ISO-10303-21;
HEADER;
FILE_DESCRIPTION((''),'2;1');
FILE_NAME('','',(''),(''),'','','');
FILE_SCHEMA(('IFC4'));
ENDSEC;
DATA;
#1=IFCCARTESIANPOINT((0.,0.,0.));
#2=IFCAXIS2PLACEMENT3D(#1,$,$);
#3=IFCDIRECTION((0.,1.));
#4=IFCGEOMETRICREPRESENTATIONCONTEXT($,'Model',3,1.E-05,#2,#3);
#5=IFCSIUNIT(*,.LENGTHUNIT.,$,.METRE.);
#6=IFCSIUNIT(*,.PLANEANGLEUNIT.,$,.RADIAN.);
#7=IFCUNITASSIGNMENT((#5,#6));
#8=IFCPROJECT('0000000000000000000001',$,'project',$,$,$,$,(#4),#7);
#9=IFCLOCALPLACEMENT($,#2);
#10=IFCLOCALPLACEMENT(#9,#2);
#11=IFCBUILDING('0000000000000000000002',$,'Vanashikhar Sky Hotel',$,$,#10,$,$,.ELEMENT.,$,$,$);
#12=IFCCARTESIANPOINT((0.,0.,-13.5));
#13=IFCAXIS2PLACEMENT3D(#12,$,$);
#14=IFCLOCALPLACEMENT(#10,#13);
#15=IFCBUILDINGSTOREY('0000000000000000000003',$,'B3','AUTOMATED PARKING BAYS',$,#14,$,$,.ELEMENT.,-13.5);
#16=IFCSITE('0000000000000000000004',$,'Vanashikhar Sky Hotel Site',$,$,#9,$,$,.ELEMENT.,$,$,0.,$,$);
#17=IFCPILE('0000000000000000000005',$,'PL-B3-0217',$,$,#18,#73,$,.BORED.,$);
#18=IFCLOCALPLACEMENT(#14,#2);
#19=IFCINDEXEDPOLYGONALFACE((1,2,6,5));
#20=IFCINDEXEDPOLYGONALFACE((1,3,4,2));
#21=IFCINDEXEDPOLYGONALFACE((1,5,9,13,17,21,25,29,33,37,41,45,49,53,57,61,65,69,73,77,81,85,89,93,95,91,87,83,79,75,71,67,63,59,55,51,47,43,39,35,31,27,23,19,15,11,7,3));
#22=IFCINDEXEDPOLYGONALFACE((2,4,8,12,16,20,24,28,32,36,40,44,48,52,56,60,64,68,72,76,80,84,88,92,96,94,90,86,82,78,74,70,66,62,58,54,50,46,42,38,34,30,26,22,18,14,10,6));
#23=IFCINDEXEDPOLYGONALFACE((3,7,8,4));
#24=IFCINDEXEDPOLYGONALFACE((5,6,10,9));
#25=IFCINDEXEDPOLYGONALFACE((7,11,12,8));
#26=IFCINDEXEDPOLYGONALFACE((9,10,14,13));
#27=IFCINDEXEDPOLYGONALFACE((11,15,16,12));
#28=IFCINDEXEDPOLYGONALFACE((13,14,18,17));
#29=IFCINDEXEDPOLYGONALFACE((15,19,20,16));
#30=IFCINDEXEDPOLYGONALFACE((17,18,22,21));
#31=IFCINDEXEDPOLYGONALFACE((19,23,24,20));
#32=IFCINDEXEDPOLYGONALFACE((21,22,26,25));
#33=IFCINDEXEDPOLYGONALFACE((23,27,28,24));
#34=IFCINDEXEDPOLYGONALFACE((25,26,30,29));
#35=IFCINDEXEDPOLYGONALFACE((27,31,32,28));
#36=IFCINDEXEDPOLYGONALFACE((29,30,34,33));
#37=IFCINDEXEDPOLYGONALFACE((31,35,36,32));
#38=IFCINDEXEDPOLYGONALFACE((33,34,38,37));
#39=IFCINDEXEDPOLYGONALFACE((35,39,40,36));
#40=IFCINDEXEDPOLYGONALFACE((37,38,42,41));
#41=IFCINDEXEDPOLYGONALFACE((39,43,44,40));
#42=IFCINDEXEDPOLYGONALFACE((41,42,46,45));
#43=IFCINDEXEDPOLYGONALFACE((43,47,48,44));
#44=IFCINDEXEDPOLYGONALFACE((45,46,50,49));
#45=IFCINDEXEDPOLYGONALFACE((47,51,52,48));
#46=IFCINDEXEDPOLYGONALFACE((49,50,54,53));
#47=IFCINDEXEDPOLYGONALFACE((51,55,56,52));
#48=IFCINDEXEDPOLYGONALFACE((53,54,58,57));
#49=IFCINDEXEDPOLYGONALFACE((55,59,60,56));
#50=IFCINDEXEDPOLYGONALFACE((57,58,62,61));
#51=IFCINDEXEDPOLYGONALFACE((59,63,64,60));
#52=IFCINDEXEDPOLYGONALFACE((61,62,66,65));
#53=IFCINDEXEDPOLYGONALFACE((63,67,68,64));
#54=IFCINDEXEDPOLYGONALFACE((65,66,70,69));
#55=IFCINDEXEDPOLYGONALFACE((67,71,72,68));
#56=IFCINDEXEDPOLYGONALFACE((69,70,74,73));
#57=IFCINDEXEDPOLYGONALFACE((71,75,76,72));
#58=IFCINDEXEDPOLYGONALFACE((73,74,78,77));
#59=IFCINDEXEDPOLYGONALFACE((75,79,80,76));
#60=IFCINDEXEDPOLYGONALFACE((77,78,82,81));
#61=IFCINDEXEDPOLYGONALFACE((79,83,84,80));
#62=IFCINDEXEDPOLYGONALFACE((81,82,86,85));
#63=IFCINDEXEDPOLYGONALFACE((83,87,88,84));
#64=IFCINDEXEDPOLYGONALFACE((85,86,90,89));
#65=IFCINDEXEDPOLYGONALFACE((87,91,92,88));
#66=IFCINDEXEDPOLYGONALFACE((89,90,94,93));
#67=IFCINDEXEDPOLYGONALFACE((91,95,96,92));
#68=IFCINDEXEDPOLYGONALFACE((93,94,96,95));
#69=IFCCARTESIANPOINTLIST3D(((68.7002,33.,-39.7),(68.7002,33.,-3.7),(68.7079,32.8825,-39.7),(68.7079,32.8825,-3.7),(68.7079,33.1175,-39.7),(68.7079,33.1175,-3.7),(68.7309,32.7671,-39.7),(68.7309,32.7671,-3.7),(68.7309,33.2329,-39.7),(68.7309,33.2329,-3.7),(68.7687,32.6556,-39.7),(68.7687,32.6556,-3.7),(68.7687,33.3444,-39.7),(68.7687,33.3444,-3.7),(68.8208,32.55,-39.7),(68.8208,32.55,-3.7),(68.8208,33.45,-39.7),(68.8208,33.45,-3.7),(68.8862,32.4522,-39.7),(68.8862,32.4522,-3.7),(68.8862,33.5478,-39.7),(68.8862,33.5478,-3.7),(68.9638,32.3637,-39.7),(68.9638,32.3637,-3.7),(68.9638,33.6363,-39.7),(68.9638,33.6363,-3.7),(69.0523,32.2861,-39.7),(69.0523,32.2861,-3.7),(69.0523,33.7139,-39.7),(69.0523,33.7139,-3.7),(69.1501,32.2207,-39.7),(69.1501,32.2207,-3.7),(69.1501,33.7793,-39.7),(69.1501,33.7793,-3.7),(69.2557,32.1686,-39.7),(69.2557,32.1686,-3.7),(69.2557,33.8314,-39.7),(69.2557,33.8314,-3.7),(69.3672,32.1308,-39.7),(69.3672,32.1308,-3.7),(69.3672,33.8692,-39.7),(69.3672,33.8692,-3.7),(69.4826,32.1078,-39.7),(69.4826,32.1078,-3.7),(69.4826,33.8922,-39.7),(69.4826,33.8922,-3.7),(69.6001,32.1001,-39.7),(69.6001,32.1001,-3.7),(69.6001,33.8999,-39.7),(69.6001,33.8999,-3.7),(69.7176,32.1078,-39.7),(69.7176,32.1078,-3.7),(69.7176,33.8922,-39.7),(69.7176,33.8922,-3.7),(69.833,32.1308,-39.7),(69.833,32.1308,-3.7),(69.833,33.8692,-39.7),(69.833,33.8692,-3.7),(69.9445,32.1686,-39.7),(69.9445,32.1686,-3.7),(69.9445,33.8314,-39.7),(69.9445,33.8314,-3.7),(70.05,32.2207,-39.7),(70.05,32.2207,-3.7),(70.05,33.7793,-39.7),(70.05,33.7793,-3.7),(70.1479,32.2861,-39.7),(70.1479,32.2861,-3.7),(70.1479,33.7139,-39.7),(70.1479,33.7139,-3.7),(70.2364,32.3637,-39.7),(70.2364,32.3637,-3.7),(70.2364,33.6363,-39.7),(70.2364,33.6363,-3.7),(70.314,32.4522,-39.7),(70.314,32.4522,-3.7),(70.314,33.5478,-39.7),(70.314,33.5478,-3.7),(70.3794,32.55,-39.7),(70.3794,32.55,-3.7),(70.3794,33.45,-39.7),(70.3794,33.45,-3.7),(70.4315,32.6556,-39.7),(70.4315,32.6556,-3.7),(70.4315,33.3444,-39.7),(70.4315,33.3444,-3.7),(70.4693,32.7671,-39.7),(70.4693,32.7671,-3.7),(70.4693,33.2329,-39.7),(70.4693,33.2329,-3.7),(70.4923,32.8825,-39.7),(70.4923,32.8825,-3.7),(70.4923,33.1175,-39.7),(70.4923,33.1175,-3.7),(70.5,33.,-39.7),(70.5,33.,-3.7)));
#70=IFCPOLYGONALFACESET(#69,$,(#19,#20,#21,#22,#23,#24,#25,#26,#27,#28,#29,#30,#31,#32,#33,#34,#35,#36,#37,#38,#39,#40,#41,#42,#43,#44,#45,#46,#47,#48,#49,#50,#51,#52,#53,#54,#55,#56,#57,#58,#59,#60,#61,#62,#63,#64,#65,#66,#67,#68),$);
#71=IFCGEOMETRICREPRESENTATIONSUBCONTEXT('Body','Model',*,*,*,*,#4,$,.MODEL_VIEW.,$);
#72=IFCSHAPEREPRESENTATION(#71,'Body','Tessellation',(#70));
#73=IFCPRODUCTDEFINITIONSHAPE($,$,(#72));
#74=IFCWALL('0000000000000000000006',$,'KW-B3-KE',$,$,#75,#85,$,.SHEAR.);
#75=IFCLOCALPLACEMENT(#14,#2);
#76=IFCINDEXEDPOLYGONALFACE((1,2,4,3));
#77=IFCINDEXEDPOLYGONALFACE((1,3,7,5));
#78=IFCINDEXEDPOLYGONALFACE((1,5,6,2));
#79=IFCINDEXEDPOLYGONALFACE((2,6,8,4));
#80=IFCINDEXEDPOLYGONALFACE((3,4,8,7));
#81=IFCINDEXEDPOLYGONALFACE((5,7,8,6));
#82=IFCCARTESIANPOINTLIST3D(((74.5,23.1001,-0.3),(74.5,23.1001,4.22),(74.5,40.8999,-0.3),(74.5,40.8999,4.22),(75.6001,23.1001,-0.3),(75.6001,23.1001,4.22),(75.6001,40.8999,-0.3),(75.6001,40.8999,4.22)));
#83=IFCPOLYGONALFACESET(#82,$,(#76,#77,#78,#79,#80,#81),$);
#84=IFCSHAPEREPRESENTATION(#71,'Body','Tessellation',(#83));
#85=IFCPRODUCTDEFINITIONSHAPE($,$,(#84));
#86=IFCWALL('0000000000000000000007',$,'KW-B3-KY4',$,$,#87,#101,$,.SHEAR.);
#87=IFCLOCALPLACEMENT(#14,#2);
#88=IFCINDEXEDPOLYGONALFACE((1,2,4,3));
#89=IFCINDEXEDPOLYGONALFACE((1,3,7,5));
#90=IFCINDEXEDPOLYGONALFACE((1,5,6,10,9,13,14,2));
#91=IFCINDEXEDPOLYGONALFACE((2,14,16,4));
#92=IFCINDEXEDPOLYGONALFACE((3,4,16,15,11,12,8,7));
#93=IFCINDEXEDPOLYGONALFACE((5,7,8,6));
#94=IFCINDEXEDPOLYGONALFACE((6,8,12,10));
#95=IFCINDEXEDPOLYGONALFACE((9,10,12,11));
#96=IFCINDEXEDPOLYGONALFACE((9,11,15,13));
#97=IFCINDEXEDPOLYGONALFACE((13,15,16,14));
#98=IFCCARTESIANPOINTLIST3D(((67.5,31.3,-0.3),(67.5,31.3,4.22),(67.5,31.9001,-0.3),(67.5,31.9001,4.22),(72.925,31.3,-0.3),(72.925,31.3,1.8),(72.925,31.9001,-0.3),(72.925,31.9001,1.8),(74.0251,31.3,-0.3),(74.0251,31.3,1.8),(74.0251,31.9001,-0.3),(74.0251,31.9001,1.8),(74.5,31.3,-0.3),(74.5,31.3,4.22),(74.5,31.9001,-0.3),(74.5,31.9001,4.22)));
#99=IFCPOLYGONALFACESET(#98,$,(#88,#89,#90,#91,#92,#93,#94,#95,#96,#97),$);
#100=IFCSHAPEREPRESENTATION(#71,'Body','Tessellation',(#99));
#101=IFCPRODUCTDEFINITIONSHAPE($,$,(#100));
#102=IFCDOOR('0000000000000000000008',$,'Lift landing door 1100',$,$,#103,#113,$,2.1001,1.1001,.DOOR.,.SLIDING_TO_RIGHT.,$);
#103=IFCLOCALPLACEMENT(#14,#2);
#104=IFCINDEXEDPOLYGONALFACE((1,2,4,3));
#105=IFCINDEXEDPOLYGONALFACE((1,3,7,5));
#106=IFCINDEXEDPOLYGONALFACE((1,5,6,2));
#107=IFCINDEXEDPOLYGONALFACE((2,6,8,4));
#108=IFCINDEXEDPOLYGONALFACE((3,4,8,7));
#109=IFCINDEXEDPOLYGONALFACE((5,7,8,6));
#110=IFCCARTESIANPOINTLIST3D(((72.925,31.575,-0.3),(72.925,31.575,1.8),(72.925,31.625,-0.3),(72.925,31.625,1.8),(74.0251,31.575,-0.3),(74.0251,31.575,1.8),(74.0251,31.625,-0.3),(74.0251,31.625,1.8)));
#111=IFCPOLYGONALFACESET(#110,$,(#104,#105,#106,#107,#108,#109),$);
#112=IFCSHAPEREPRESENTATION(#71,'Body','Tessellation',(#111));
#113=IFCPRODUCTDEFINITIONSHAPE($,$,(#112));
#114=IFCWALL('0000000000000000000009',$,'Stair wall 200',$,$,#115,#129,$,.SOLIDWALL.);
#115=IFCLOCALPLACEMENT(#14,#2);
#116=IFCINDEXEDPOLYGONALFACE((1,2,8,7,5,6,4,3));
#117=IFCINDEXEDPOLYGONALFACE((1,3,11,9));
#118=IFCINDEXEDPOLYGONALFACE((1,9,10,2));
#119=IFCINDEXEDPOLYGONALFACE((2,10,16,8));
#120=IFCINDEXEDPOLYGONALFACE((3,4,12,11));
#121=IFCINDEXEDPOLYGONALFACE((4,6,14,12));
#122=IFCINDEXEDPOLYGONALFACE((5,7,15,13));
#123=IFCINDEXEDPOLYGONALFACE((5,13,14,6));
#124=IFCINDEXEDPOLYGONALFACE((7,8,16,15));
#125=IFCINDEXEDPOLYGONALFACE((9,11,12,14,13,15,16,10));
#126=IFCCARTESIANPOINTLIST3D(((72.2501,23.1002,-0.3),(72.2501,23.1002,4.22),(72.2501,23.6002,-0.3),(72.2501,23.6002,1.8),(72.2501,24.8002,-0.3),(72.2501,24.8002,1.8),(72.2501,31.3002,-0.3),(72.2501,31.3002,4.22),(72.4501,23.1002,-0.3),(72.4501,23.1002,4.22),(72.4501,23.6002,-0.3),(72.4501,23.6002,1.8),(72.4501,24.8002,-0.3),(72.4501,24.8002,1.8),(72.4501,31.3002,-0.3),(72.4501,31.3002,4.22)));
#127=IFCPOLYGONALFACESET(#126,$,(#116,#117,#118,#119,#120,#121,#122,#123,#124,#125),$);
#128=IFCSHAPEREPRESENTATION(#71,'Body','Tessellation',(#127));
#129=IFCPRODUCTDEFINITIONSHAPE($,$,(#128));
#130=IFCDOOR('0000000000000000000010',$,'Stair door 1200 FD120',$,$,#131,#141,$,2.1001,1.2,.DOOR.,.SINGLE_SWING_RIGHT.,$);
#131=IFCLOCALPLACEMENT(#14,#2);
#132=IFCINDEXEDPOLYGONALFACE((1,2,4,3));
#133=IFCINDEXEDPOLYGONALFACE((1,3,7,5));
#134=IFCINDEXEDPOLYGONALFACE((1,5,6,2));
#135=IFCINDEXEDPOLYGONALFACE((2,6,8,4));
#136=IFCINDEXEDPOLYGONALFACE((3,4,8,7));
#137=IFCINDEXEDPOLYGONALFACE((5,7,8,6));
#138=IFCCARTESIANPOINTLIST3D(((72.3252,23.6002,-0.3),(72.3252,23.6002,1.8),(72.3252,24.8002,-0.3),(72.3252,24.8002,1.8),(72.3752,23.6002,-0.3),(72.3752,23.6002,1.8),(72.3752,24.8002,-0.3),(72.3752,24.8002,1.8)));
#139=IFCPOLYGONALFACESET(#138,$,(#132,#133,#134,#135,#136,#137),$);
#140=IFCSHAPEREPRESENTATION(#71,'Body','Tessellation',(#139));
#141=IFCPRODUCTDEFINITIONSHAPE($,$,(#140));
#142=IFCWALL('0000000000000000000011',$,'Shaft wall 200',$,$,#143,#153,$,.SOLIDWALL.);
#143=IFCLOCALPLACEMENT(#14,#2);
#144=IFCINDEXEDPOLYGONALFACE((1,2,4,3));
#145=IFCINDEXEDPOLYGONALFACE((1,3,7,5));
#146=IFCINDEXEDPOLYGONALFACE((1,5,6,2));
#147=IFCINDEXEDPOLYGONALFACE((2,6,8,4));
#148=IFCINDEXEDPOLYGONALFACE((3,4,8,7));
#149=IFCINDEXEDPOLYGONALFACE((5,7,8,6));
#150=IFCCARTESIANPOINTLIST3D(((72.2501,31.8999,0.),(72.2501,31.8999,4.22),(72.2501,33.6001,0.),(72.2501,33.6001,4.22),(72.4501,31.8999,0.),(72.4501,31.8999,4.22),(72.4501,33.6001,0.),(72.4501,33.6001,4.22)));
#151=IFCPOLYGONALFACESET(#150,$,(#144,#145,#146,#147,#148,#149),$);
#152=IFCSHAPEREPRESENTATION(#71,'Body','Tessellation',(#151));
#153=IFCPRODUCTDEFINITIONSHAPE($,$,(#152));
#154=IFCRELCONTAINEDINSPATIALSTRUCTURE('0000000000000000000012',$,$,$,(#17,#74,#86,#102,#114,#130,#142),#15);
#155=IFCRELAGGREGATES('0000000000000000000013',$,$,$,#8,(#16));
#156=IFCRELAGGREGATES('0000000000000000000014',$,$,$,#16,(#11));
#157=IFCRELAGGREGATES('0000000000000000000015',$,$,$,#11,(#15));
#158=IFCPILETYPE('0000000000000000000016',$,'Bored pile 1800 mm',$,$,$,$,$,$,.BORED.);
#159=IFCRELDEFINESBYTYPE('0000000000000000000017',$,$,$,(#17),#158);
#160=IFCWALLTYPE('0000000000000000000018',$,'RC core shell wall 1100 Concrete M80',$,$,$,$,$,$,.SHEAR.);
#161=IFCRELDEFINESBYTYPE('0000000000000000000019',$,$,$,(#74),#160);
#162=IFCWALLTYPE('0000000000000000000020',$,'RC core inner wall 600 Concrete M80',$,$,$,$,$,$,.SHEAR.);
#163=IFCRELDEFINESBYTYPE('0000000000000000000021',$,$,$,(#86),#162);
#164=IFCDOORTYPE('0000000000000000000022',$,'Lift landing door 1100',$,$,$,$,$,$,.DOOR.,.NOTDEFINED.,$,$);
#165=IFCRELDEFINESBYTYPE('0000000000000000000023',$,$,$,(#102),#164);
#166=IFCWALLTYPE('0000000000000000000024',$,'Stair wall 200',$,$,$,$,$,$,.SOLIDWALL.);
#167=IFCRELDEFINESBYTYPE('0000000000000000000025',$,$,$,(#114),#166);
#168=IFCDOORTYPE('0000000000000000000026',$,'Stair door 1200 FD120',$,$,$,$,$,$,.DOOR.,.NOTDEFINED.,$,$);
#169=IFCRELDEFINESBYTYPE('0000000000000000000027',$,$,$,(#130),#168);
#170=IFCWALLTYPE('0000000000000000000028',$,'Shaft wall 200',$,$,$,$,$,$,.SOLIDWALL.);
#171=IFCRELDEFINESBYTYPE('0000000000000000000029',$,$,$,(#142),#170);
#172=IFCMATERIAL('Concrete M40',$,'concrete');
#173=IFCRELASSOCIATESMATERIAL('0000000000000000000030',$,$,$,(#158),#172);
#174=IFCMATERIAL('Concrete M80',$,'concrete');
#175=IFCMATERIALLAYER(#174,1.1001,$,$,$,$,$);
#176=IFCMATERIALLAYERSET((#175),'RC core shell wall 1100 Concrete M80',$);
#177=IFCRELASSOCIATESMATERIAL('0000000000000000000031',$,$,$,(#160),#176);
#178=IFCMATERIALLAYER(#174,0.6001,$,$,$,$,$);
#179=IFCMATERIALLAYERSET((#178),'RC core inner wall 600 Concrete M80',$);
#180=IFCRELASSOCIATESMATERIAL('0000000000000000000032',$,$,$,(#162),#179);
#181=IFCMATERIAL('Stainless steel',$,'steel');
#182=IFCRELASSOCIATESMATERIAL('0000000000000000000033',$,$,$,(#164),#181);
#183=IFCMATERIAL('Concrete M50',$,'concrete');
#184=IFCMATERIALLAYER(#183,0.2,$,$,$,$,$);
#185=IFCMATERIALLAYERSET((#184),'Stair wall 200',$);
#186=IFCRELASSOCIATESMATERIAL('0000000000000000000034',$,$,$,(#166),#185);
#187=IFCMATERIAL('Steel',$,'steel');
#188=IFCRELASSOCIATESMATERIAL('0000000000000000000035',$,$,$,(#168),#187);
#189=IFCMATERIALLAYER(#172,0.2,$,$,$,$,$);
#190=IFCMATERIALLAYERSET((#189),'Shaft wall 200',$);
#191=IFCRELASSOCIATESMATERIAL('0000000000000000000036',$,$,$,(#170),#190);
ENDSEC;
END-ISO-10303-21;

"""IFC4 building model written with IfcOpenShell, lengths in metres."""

from ifc_helpers import new_model, si_unit, direction, frame, frame_2d, origin, origin_2d, place, context, subcontext, project, spatial, rectangle, circle, extrude, source, transform, mapped, material, layer, layer_set, type_object, element, fill, save


model = new_model("IFC4")

# Units and contexts
model_context = context("Model", 3, precision=1e-05, world=origin(), true_north=direction((0.0, 1.0)))
body_context = subcontext(model_context, "Body", "Model", "MODEL_VIEW")
ifc_project = project(units=[si_unit("LENGTHUNIT", "METRE"), si_unit("PLANEANGLEUNIT", "RADIAN")], contexts=[model_context])

# Site, building, storey
site_placement = place(None, origin())
site = spatial("IfcSite", under=ifc_project, at=site_placement, Name="Vanashikhar Sky Hotel Site", CompositionType="ELEMENT", RefElevation=0.0)
building_placement = place(site_placement, origin())
building = spatial("IfcBuilding", under=site, at=building_placement, Name="Vanashikhar Sky Hotel", CompositionType="ELEMENT")
storey_placement = place(building_placement, frame((0.0, 0.0, -13.5)))
storey = spatial("IfcBuildingStorey", under=building, at=storey_placement, Name="B3", Description="AUTOMATED PARKING BAYS", CompositionType="ELEMENT", Elevation=-13.5)

# Pile
ifc_material_1 = material(Name="Concrete M40", Category="concrete")
pile_type_1 = type_object("IfcPileType", Name="Bored pile 1800 mm", PredefinedType="BORED", material=ifc_material_1)
shared_shape_1 = source(origin(), body_context, "Body", "SweptSolid", [
    extrude(circle(Radius=0.8999, at=origin_2d()), origin(), (0.0, 0.0, 1.0), 36.0),
])
for number, where, z_axis, x_axis, name in (
    (1, (69.6001, 33.0, -3.7), (0.0, 0.0, -1.0), (1.0, 0.0, 0.0), "PL-B3-0217"),
):
    element("IfcPile", number, at=place(storey_placement, frame(where, z_axis=z_axis, x_axis=x_axis)), inside=storey, type_object=pile_type_1, Name=name, PredefinedType="BORED", context=body_context, shape_type="MappedRepresentation", body=[
        mapped(shared_shape_1, transform((0.0, 0.0, 0.0), scale=1.0)),
    ])

# Wall
ifc_material_2 = material(Name="Concrete M80", Category="concrete")
ifc_layer_1 = layer(ifc_material_2, 1.1001)
ifc_layer_set_1 = layer_set([ifc_layer_1], Name="RC core shell wall 1100 Concrete M80")
wall_type_1 = type_object("IfcWallType", Name="RC core shell wall 1100 Concrete M80", PredefinedType="SHEAR", material=ifc_layer_set_1)
shared_shape_2 = source(origin(), body_context, "Body", "SweptSolid", [
    extrude(rectangle(XDim=17.7998, YDim=1.1001, at=frame_2d((8.8999, 0.0))), origin(), (0.0, 0.0, 1.0), 4.52),
])
wall_1_placement = place(storey_placement, frame((75.05, 23.1001, -0.3), z_axis=(0.0, 0.0, 1.0), x_axis=(0.0, 1.0, 0.0)))
element("IfcWall", 2, at=wall_1_placement, inside=storey, type_object=wall_type_1, Name="KW-B3-KE", PredefinedType="SHEAR", context=body_context, shape_type="MappedRepresentation", body=[
    mapped(shared_shape_2, transform((0.0, 0.0, 0.0), scale=1.0)),
])

# Walls, openings, doors
ifc_layer_2 = layer(ifc_material_2, 0.6001)
ifc_layer_set_2 = layer_set([ifc_layer_2], Name="RC core inner wall 600 Concrete M80")
wall_type_2 = type_object("IfcWallType", Name="RC core inner wall 600 Concrete M80", PredefinedType="SHEAR", material=ifc_layer_set_2)
shared_shape_3 = source(origin(), body_context, "Body", "SweptSolid", [
    extrude(rectangle(XDim=7.0, YDim=0.6001, at=frame_2d((3.5, 0.0))), origin(), (0.0, 0.0, 1.0), 4.52),
])
wall_2_placement = place(storey_placement, frame((67.5, 31.6001, -0.3), z_axis=(0.0, 0.0, 1.0), x_axis=(1.0, 0.0, 0.0)))
wall_2 = element("IfcWall", 3, at=wall_2_placement, inside=storey, type_object=wall_type_2, Name="KW-B3-KY4", PredefinedType="SHEAR", context=body_context, shape_type="MappedRepresentation", body=[
    mapped(shared_shape_3, transform((0.0, 0.0, 0.0), scale=1.0)),
])
shared_shape_4 = source(origin(), body_context, "Body", "SweptSolid", [
    extrude(rectangle(XDim=1.1001, YDim=2.1001, at=frame_2d((0.55, 1.05))), frame((0.0, 0.3101, 0.0), z_axis=(0.0, -1.0, 0.0), x_axis=(1.0, 0.0, 0.0)), (0.0, 0.0, 1.0), 0.6201),
])
opening_1_placement = place(wall_2_placement, frame((5.425, 0.0, 0.0)))
opening_1 = element("IfcOpeningElement", 4, at=opening_1_placement, cuts=wall_2, PredefinedType="OPENING", context=body_context, shape_type="MappedRepresentation", body=[
    mapped(shared_shape_4, transform((0.0, 0.0, 0.0), scale=1.0)),
])
ifc_material_3 = material(Name="Stainless steel", Category="steel")
door_type_1 = type_object("IfcDoorType", Name="Lift landing door 1100", OperationType="NOTDEFINED", PredefinedType="DOOR", material=ifc_material_3)
shared_shape_5 = source(origin(), body_context, "Body", "SweptSolid", [
    extrude(rectangle(XDim=1.1001, YDim=2.1001, at=frame_2d((0.55, 1.05))), frame((0.0, 0.0249, 0.0), z_axis=(0.0, -1.0, 0.0), x_axis=(1.0, 0.0, 0.0)), (0.0, 0.0, 1.0), 0.05),
])
door_1_placement = place(opening_1_placement, origin())
door_1 = element("IfcDoor", 5, at=door_1_placement, inside=storey, type_object=door_type_1, Name="Lift landing door 1100", OperationType="SLIDING_TO_RIGHT", OverallHeight=2.1001, OverallWidth=1.1001, PredefinedType="DOOR", context=body_context, shape_type="MappedRepresentation", body=[
    mapped(shared_shape_5, transform((0.0, 0.0, 0.0), scale=1.0)),
])
fill(opening_1, door_1)
ifc_material_4 = material(Name="Concrete M50", Category="concrete")
ifc_layer_3 = layer(ifc_material_4, 0.2)
ifc_layer_set_3 = layer_set([ifc_layer_3], Name="Stair wall 200")
wall_type_3 = type_object("IfcWallType", Name="Stair wall 200", PredefinedType="SOLIDWALL", material=ifc_layer_set_3)
shared_shape_6 = source(origin(), body_context, "Body", "SweptSolid", [
    extrude(rectangle(XDim=8.2, YDim=0.2, at=frame_2d((4.1001, 0.0))), origin(), (0.0, 0.0, 1.0), 4.52),
])
wall_3_placement = place(storey_placement, frame((72.3501, 23.1001, -0.3), z_axis=(0.0, 0.0, 1.0), x_axis=(0.0, 1.0, 0.0)))
wall_3 = element("IfcWall", 6, at=wall_3_placement, inside=storey, type_object=wall_type_3, Name="Stair wall 200", PredefinedType="SOLIDWALL", context=body_context, shape_type="MappedRepresentation", body=[
    mapped(shared_shape_6, transform((0.0, 0.0, 0.0), scale=1.0)),
])
shared_shape_7 = source(origin(), body_context, "Body", "SweptSolid", [
    extrude(rectangle(XDim=1.2, YDim=2.1001, at=frame_2d((0.6001, 1.05))), frame((0.0, 0.1099, 0.0), z_axis=(0.0, -1.0, 0.0), x_axis=(1.0, 0.0, 0.0)), (0.0, 0.0, 1.0), 0.22),
])
opening_2_placement = place(wall_3_placement, frame((0.5, 0.0, 0.0)))
opening_2 = element("IfcOpeningElement", 7, at=opening_2_placement, cuts=wall_3, PredefinedType="OPENING", context=body_context, shape_type="MappedRepresentation", body=[
    mapped(shared_shape_7, transform((0.0, 0.0, 0.0), scale=1.0)),
])
ifc_material_5 = material(Name="Steel", Category="steel")
door_type_2 = type_object("IfcDoorType", Name="Stair door 1200 FD120", OperationType="NOTDEFINED", PredefinedType="DOOR", material=ifc_material_5)
shared_shape_8 = source(origin(), body_context, "Body", "SweptSolid", [
    extrude(rectangle(XDim=1.2, YDim=2.1001, at=frame_2d((0.6001, 1.05))), frame((0.0, 0.0249, 0.0), z_axis=(0.0, -1.0, 0.0), x_axis=(1.0, 0.0, 0.0)), (0.0, 0.0, 1.0), 0.05),
])
door_2_placement = place(opening_2_placement, origin())
door_2 = element("IfcDoor", 8, at=door_2_placement, inside=storey, type_object=door_type_2, Name="Stair door 1200 FD120", OperationType="SINGLE_SWING_RIGHT", OverallHeight=2.1001, OverallWidth=1.2, PredefinedType="DOOR", context=body_context, shape_type="MappedRepresentation", body=[
    mapped(shared_shape_8, transform((0.0, 0.0, 0.0), scale=1.0)),
])
fill(opening_2, door_2)

# Wall
ifc_layer_4 = layer(ifc_material_1, 0.2)
ifc_layer_set_4 = layer_set([ifc_layer_4], Name="Shaft wall 200")
wall_type_4 = type_object("IfcWallType", Name="Shaft wall 200", PredefinedType="SOLIDWALL", material=ifc_layer_set_4)
shared_shape_9 = source(origin(), body_context, "Body", "SweptSolid", [
    extrude(rectangle(XDim=1.7002, YDim=0.2, at=frame_2d((0.8501, 0.0))), origin(), (0.0, 0.0, 1.0), 4.22),
])
wall_4_placement = place(storey_placement, frame((72.3501, 31.8999, 0.0), z_axis=(0.0, 0.0, 1.0), x_axis=(0.0, 1.0, 0.0)))
element("IfcWall", 9, at=wall_4_placement, inside=storey, type_object=wall_type_4, Name="Shaft wall 200", PredefinedType="SOLIDWALL", context=body_context, shape_type="MappedRepresentation", body=[
    mapped(shared_shape_9, transform((0.0, 0.0, 0.0), scale=1.0)),
])

save(model, "model.ifc")
